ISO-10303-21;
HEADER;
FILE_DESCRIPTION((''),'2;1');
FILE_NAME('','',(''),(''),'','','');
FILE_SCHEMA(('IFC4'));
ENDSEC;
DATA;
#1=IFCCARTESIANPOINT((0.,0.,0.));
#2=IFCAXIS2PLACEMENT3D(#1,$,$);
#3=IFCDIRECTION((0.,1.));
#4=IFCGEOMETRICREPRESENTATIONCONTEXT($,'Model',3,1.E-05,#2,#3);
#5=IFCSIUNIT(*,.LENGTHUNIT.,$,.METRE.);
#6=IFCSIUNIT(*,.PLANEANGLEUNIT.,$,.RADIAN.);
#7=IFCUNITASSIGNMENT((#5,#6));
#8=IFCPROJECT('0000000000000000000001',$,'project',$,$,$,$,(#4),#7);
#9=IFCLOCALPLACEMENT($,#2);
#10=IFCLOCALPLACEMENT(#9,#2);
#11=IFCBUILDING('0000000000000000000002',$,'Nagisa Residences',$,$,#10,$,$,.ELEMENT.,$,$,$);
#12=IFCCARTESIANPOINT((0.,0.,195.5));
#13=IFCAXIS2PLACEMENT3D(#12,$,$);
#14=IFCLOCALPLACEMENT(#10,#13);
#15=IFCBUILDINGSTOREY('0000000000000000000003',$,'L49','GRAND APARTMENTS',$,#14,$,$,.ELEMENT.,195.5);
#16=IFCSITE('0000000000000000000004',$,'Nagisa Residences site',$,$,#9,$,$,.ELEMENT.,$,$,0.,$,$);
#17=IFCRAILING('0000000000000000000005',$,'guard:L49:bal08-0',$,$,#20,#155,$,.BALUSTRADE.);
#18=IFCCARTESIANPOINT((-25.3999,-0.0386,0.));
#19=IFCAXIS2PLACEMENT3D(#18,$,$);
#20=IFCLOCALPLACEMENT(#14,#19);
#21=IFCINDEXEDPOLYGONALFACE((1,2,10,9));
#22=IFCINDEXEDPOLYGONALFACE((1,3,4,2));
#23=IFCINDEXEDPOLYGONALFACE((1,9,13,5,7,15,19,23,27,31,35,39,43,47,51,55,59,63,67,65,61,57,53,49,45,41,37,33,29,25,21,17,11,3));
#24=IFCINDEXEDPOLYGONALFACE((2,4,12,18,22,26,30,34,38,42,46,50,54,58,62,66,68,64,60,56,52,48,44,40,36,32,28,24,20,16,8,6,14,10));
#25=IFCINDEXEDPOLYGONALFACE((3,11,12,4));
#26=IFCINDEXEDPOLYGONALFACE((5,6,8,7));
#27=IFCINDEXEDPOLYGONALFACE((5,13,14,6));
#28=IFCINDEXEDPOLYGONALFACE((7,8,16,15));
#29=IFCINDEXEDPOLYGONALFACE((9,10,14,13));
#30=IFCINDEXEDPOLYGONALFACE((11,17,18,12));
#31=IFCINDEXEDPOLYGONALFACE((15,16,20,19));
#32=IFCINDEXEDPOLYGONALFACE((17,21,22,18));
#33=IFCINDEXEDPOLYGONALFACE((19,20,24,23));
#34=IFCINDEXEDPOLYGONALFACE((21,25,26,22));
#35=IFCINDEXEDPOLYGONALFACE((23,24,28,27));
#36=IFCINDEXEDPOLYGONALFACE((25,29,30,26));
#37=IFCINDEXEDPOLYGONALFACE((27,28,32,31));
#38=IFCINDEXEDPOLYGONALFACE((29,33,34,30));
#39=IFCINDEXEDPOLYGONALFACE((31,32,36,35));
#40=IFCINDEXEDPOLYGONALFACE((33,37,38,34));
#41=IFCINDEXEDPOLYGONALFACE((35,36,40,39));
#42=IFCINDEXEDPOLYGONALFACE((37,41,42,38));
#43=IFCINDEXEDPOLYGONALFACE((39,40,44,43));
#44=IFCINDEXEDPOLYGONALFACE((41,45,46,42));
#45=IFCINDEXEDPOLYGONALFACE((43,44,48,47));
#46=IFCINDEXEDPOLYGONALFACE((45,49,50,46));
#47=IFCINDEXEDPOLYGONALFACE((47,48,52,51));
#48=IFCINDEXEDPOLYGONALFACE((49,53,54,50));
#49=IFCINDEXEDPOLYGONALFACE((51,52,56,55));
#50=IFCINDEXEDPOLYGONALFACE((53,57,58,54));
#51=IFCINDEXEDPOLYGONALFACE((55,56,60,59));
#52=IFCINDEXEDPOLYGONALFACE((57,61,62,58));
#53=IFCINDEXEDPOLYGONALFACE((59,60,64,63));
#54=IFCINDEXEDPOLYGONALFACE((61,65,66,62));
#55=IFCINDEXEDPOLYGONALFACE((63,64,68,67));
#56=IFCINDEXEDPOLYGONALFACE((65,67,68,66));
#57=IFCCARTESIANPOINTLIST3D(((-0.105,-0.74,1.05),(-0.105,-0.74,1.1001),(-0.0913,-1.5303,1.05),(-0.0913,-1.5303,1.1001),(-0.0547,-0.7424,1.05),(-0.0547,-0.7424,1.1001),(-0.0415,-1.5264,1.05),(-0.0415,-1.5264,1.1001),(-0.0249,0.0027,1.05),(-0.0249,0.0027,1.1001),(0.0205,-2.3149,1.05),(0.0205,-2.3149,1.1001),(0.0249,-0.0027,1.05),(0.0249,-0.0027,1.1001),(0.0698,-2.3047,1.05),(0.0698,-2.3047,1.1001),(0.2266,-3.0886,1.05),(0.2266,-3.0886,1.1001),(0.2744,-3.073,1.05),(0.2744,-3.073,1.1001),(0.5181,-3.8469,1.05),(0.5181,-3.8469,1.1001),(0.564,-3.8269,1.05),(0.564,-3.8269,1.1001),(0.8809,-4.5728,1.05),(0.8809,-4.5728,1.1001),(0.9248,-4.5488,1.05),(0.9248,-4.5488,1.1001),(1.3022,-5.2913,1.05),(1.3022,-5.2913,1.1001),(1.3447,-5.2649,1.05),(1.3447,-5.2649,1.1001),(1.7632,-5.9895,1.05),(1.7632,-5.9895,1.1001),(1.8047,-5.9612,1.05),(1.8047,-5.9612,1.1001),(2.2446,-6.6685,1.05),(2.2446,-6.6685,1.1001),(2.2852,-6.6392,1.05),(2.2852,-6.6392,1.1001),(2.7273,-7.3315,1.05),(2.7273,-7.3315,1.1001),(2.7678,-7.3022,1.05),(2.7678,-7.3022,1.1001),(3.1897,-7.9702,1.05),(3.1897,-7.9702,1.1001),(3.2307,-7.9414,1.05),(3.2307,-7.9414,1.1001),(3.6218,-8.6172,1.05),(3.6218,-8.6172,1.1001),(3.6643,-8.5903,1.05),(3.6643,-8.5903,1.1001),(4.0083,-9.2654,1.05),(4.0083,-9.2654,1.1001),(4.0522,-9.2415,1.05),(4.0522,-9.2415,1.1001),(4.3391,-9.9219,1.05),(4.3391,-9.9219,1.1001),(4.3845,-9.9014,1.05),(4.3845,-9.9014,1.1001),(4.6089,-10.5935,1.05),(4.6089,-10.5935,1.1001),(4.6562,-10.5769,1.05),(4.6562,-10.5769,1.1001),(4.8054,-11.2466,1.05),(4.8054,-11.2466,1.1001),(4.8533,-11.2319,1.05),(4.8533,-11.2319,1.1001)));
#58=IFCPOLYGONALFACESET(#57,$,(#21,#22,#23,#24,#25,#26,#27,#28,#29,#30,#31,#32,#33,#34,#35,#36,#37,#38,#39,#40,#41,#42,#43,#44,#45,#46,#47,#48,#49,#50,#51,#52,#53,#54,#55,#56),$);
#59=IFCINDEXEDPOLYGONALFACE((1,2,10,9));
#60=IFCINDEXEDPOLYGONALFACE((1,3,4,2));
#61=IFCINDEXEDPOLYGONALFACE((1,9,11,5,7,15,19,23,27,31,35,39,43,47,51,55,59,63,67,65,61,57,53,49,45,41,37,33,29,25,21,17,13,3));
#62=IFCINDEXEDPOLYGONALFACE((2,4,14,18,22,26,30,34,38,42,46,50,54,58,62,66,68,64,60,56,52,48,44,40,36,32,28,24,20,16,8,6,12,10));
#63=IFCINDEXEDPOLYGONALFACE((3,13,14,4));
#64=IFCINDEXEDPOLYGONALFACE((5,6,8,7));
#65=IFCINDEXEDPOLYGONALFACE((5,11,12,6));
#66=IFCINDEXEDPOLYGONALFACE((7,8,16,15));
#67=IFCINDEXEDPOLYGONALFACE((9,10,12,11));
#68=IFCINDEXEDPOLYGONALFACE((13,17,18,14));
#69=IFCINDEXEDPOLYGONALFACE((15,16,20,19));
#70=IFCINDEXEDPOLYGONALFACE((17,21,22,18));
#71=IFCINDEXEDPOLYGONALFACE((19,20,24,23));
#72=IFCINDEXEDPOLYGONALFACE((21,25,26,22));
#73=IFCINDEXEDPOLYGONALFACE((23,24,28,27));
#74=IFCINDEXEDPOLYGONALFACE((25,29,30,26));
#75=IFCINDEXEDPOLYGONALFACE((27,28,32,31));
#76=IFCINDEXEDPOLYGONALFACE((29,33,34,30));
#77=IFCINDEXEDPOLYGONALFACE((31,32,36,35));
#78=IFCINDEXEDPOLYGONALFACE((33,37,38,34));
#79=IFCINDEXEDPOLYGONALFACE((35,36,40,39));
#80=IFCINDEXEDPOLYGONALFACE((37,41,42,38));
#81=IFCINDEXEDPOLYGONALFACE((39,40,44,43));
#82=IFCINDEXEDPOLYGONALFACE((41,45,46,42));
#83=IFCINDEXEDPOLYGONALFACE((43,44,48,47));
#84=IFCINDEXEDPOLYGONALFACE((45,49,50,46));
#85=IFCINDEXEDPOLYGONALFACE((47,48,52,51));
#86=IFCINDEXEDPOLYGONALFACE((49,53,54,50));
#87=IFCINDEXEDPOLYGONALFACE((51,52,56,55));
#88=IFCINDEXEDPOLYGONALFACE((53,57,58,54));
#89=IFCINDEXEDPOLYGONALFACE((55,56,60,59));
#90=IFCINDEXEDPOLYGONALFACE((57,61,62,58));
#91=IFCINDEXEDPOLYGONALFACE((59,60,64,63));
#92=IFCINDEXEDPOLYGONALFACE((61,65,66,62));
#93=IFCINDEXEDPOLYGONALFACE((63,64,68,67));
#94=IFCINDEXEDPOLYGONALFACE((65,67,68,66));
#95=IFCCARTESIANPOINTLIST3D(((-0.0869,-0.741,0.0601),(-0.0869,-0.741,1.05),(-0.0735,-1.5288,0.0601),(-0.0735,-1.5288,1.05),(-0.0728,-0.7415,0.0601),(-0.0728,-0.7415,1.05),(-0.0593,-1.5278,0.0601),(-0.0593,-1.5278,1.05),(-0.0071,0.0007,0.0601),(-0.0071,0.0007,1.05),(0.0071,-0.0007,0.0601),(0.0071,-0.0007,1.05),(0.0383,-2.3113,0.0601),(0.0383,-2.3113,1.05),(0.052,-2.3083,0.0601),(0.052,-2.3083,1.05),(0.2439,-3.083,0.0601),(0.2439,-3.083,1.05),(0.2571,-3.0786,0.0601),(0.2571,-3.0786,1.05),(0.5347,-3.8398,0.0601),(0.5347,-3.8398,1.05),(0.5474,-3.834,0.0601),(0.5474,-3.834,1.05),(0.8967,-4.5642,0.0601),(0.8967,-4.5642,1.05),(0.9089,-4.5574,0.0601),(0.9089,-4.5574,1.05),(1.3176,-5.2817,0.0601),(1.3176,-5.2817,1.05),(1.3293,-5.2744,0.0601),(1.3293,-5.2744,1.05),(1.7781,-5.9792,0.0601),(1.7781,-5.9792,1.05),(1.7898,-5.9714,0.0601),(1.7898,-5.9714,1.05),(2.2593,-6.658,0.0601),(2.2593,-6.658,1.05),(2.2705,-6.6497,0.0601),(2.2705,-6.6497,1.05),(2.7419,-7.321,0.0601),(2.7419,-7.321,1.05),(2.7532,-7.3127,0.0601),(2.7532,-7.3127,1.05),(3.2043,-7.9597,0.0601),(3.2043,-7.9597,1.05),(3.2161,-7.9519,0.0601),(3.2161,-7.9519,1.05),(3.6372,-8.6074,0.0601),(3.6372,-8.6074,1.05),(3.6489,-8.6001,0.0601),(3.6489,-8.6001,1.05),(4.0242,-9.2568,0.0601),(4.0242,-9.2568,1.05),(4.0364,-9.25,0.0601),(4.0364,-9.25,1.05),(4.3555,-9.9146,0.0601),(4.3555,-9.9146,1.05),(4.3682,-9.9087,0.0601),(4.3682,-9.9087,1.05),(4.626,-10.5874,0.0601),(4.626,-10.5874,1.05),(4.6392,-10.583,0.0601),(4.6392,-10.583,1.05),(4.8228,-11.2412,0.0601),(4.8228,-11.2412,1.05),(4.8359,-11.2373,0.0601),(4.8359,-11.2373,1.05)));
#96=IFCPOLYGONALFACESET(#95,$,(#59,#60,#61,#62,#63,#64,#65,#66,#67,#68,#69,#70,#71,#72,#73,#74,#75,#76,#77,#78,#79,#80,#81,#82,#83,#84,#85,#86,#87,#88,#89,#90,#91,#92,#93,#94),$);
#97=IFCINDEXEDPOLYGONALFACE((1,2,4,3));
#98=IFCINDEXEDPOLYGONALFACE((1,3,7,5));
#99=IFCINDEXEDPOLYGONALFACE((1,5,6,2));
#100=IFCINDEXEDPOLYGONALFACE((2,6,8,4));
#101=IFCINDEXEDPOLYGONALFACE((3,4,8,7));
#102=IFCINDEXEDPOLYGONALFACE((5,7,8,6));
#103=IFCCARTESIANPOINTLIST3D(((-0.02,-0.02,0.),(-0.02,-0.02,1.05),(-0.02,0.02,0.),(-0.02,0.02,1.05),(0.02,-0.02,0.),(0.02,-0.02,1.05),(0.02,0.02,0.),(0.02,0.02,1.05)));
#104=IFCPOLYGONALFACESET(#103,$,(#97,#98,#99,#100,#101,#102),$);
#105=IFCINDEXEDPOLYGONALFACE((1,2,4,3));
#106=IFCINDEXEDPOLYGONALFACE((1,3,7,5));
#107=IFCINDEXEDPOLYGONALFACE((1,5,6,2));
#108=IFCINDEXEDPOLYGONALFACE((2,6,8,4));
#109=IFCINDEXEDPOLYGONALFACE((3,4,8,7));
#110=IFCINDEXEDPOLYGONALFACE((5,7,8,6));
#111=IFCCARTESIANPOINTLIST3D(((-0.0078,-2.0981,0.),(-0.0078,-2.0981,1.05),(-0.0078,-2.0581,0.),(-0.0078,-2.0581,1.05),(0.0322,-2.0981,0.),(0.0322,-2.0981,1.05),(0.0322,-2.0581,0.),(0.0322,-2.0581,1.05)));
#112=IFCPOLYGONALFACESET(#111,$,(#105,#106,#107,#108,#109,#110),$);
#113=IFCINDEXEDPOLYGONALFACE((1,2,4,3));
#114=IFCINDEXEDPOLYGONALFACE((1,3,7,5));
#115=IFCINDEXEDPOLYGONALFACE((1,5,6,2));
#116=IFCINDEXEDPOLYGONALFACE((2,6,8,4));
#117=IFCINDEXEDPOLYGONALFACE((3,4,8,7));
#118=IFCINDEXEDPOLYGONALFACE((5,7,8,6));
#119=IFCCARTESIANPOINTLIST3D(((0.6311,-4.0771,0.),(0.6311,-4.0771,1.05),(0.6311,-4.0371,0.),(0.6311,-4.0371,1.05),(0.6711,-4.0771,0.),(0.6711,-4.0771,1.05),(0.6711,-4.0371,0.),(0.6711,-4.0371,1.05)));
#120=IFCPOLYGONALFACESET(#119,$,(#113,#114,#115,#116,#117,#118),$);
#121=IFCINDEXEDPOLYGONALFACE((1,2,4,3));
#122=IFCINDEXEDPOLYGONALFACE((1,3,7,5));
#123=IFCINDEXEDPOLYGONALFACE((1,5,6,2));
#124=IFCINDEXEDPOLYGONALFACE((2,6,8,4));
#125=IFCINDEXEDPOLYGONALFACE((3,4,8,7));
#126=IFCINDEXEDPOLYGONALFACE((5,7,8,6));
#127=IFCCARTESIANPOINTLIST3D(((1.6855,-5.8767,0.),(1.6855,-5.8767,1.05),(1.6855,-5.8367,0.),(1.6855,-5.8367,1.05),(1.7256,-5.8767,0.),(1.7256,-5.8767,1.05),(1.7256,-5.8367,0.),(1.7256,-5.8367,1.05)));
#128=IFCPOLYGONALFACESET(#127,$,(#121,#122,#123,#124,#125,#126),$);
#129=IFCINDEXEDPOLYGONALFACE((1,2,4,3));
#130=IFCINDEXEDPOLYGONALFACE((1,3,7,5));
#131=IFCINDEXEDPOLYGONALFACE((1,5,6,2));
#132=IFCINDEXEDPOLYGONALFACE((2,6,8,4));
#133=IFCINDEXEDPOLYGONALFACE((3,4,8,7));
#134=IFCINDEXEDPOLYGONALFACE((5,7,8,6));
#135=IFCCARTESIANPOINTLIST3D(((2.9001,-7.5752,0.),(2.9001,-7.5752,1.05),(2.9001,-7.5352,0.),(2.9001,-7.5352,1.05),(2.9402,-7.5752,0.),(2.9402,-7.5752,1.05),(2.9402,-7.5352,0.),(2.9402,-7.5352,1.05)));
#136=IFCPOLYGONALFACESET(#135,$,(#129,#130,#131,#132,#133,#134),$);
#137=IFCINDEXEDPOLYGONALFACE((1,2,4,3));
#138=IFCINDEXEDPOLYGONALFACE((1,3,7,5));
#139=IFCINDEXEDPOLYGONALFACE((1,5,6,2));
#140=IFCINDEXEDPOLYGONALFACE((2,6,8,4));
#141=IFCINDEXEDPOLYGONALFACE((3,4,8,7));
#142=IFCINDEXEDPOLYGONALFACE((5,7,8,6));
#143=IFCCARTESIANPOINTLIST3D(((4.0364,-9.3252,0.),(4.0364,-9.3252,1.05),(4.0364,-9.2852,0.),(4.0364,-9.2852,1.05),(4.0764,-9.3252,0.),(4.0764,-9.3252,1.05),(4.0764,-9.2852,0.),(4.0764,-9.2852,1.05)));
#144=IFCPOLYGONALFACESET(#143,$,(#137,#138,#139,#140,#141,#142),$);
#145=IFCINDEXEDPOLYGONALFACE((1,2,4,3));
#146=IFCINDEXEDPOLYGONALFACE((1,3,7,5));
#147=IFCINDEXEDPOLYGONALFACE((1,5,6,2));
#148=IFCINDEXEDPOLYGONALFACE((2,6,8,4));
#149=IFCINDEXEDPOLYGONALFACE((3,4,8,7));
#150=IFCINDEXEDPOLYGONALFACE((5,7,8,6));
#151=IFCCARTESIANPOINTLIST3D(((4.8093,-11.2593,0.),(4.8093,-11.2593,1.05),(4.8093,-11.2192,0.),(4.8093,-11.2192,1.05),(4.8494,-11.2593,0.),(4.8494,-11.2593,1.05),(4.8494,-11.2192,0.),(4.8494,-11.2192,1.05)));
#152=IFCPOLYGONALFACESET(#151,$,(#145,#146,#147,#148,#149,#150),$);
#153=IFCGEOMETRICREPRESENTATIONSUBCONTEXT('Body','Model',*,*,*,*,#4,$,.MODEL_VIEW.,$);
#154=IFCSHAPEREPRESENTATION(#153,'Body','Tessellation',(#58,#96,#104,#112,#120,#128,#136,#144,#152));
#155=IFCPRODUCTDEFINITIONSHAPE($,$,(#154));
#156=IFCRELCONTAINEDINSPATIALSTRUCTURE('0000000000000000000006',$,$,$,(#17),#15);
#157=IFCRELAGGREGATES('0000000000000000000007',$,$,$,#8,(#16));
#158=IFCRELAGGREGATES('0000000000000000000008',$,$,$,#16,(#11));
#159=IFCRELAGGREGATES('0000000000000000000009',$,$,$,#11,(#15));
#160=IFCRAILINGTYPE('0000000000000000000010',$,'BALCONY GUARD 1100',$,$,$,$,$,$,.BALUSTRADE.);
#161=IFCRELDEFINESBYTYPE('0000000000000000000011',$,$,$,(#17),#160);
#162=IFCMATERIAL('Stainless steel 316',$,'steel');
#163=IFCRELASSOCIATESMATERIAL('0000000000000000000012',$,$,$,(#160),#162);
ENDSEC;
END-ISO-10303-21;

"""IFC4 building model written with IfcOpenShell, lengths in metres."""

from ifc_helpers import new_model, si_unit, direction, frame, origin, origin_2d, place, context, subcontext, project, spatial, polyline, rectangle, outline, extrude, material, type_object, element, save


model = new_model("IFC4")

# Units and contexts
model_context = context("Model", 3, precision=1e-05, world=origin(), true_north=direction((0.0, 1.0)))
body_context = subcontext(model_context, "Body", "Model", "MODEL_VIEW")
ifc_project = project(units=[si_unit("LENGTHUNIT", "METRE"), si_unit("PLANEANGLEUNIT", "RADIAN")], contexts=[model_context])

# Site, building, storey
site_placement = place(None, origin())
site = spatial("IfcSite", under=ifc_project, at=site_placement, Name="Nagisa Residences site", CompositionType="ELEMENT", RefElevation=0.0)
building_placement = place(site_placement, origin())
building = spatial("IfcBuilding", under=site, at=building_placement, Name="Nagisa Residences", CompositionType="ELEMENT")
storey_placement = place(building_placement, frame((0.0, 0.0, 195.5)))
storey = spatial("IfcBuildingStorey", under=building, at=storey_placement, Name="L49", Description="GRAND APARTMENTS", CompositionType="ELEMENT", Elevation=195.5)

# Railing
ifc_material_1 = material(Name="Stainless steel 316", Category="steel")
railing_type = type_object("IfcRailingType", Name="BALCONY GUARD 1100", PredefinedType="BALUSTRADE", material=ifc_material_1)
railing_placement = place(storey_placement, frame((-25.3999, -0.0386, 0.0)))
element("IfcRailing", 1, at=railing_placement, inside=storey, type_object=railing_type, Name="guard:L49:bal08-0", PredefinedType="BALUSTRADE", context=body_context, shape_type="SweptSolid", body=[
    extrude(outline(polyline([(-0.0547, -0.7424), (0.0249, -0.0027), (-0.0249, 0.0027), (-0.105, -0.74), (-0.0913, -1.5303), (0.0205, -2.3149), (0.2266, -3.0886), (0.5181, -3.8469), (0.8809, -4.5728), (1.3022, -5.2913), (1.7632, -5.9895), (2.2446, -6.6685), (2.7273, -7.3315), (3.1897, -7.9702), (3.6218, -8.6172), (4.0083, -9.2654), (4.3391, -9.9219), (4.6089, -10.5935), (4.8054, -11.2466), (4.8533, -11.2319), (4.6562, -10.5769), (4.3845, -9.9014), (4.0522, -9.2415), (3.6643, -8.5903), (3.2307, -7.9414), (2.7678, -7.3022), (2.2852, -6.6392), (1.8047, -5.9612), (1.3447, -5.2649), (0.9248, -4.5488), (0.564, -3.8269), (0.2744, -3.073), (0.0698, -2.3047), (-0.0415, -1.5264), (-0.0547, -0.7424)])), frame((0.0, 0.0, 1.05)), (0.0, 0.0, 1.0), 0.05),
    extrude(outline(polyline([(-0.0728, -0.7415), (0.0071, -0.0007), (-0.0071, 0.0007), (-0.0869, -0.741), (-0.0735, -1.5288), (0.0383, -2.3113), (0.2439, -3.083), (0.5347, -3.8398), (0.8967, -4.5642), (1.3176, -5.2817), (1.7781, -5.9792), (2.2593, -6.658), (2.7419, -7.321), (3.2043, -7.9597), (3.6372, -8.6074), (4.0242, -9.2568), (4.3555, -9.9146), (4.626, -10.5874), (4.8228, -11.2412), (4.8359, -11.2373), (4.6392, -10.583), (4.3682, -9.9087), (4.0364, -9.25), (3.6489, -8.6001), (3.2161, -7.9519), (2.7532, -7.3127), (2.2705, -6.6497), (1.7898, -5.9714), (1.3293, -5.2744), (0.9089, -4.5574), (0.5474, -3.834), (0.2571, -3.0786), (0.052, -2.3083), (-0.0593, -1.5278), (-0.0728, -0.7415)])), frame((0.0, 0.0, 0.0601)), (0.0, 0.0, 1.0), 0.99),
    extrude(rectangle(XDim=0.04, YDim=0.04, at=origin_2d()), origin(), (0.0, 0.0, 1.0), 1.05),
    extrude(rectangle(XDim=0.04, YDim=0.04, at=origin_2d()), frame((0.0122, -2.0781, 0.0)), (0.0, 0.0, 1.0), 1.05),
    extrude(rectangle(XDim=0.04, YDim=0.04, at=origin_2d()), frame((0.6511, -4.0571, 0.0)), (0.0, 0.0, 1.0), 1.05),
    extrude(rectangle(XDim=0.04, YDim=0.04, at=origin_2d()), frame((1.7056, -5.8567, 0.0)), (0.0, 0.0, 1.0), 1.05),
    extrude(rectangle(XDim=0.04, YDim=0.04, at=origin_2d()), frame((2.9202, -7.5552, 0.0)), (0.0, 0.0, 1.0), 1.05),
    extrude(rectangle(XDim=0.04, YDim=0.04, at=origin_2d()), frame((4.0564, -9.3052, 0.0)), (0.0, 0.0, 1.0), 1.05),
    extrude(rectangle(XDim=0.04, YDim=0.04, at=origin_2d()), frame((4.8293, -11.2393, 0.0)), (0.0, 0.0, 1.0), 1.05),
])

save(model, "model.ifc")
